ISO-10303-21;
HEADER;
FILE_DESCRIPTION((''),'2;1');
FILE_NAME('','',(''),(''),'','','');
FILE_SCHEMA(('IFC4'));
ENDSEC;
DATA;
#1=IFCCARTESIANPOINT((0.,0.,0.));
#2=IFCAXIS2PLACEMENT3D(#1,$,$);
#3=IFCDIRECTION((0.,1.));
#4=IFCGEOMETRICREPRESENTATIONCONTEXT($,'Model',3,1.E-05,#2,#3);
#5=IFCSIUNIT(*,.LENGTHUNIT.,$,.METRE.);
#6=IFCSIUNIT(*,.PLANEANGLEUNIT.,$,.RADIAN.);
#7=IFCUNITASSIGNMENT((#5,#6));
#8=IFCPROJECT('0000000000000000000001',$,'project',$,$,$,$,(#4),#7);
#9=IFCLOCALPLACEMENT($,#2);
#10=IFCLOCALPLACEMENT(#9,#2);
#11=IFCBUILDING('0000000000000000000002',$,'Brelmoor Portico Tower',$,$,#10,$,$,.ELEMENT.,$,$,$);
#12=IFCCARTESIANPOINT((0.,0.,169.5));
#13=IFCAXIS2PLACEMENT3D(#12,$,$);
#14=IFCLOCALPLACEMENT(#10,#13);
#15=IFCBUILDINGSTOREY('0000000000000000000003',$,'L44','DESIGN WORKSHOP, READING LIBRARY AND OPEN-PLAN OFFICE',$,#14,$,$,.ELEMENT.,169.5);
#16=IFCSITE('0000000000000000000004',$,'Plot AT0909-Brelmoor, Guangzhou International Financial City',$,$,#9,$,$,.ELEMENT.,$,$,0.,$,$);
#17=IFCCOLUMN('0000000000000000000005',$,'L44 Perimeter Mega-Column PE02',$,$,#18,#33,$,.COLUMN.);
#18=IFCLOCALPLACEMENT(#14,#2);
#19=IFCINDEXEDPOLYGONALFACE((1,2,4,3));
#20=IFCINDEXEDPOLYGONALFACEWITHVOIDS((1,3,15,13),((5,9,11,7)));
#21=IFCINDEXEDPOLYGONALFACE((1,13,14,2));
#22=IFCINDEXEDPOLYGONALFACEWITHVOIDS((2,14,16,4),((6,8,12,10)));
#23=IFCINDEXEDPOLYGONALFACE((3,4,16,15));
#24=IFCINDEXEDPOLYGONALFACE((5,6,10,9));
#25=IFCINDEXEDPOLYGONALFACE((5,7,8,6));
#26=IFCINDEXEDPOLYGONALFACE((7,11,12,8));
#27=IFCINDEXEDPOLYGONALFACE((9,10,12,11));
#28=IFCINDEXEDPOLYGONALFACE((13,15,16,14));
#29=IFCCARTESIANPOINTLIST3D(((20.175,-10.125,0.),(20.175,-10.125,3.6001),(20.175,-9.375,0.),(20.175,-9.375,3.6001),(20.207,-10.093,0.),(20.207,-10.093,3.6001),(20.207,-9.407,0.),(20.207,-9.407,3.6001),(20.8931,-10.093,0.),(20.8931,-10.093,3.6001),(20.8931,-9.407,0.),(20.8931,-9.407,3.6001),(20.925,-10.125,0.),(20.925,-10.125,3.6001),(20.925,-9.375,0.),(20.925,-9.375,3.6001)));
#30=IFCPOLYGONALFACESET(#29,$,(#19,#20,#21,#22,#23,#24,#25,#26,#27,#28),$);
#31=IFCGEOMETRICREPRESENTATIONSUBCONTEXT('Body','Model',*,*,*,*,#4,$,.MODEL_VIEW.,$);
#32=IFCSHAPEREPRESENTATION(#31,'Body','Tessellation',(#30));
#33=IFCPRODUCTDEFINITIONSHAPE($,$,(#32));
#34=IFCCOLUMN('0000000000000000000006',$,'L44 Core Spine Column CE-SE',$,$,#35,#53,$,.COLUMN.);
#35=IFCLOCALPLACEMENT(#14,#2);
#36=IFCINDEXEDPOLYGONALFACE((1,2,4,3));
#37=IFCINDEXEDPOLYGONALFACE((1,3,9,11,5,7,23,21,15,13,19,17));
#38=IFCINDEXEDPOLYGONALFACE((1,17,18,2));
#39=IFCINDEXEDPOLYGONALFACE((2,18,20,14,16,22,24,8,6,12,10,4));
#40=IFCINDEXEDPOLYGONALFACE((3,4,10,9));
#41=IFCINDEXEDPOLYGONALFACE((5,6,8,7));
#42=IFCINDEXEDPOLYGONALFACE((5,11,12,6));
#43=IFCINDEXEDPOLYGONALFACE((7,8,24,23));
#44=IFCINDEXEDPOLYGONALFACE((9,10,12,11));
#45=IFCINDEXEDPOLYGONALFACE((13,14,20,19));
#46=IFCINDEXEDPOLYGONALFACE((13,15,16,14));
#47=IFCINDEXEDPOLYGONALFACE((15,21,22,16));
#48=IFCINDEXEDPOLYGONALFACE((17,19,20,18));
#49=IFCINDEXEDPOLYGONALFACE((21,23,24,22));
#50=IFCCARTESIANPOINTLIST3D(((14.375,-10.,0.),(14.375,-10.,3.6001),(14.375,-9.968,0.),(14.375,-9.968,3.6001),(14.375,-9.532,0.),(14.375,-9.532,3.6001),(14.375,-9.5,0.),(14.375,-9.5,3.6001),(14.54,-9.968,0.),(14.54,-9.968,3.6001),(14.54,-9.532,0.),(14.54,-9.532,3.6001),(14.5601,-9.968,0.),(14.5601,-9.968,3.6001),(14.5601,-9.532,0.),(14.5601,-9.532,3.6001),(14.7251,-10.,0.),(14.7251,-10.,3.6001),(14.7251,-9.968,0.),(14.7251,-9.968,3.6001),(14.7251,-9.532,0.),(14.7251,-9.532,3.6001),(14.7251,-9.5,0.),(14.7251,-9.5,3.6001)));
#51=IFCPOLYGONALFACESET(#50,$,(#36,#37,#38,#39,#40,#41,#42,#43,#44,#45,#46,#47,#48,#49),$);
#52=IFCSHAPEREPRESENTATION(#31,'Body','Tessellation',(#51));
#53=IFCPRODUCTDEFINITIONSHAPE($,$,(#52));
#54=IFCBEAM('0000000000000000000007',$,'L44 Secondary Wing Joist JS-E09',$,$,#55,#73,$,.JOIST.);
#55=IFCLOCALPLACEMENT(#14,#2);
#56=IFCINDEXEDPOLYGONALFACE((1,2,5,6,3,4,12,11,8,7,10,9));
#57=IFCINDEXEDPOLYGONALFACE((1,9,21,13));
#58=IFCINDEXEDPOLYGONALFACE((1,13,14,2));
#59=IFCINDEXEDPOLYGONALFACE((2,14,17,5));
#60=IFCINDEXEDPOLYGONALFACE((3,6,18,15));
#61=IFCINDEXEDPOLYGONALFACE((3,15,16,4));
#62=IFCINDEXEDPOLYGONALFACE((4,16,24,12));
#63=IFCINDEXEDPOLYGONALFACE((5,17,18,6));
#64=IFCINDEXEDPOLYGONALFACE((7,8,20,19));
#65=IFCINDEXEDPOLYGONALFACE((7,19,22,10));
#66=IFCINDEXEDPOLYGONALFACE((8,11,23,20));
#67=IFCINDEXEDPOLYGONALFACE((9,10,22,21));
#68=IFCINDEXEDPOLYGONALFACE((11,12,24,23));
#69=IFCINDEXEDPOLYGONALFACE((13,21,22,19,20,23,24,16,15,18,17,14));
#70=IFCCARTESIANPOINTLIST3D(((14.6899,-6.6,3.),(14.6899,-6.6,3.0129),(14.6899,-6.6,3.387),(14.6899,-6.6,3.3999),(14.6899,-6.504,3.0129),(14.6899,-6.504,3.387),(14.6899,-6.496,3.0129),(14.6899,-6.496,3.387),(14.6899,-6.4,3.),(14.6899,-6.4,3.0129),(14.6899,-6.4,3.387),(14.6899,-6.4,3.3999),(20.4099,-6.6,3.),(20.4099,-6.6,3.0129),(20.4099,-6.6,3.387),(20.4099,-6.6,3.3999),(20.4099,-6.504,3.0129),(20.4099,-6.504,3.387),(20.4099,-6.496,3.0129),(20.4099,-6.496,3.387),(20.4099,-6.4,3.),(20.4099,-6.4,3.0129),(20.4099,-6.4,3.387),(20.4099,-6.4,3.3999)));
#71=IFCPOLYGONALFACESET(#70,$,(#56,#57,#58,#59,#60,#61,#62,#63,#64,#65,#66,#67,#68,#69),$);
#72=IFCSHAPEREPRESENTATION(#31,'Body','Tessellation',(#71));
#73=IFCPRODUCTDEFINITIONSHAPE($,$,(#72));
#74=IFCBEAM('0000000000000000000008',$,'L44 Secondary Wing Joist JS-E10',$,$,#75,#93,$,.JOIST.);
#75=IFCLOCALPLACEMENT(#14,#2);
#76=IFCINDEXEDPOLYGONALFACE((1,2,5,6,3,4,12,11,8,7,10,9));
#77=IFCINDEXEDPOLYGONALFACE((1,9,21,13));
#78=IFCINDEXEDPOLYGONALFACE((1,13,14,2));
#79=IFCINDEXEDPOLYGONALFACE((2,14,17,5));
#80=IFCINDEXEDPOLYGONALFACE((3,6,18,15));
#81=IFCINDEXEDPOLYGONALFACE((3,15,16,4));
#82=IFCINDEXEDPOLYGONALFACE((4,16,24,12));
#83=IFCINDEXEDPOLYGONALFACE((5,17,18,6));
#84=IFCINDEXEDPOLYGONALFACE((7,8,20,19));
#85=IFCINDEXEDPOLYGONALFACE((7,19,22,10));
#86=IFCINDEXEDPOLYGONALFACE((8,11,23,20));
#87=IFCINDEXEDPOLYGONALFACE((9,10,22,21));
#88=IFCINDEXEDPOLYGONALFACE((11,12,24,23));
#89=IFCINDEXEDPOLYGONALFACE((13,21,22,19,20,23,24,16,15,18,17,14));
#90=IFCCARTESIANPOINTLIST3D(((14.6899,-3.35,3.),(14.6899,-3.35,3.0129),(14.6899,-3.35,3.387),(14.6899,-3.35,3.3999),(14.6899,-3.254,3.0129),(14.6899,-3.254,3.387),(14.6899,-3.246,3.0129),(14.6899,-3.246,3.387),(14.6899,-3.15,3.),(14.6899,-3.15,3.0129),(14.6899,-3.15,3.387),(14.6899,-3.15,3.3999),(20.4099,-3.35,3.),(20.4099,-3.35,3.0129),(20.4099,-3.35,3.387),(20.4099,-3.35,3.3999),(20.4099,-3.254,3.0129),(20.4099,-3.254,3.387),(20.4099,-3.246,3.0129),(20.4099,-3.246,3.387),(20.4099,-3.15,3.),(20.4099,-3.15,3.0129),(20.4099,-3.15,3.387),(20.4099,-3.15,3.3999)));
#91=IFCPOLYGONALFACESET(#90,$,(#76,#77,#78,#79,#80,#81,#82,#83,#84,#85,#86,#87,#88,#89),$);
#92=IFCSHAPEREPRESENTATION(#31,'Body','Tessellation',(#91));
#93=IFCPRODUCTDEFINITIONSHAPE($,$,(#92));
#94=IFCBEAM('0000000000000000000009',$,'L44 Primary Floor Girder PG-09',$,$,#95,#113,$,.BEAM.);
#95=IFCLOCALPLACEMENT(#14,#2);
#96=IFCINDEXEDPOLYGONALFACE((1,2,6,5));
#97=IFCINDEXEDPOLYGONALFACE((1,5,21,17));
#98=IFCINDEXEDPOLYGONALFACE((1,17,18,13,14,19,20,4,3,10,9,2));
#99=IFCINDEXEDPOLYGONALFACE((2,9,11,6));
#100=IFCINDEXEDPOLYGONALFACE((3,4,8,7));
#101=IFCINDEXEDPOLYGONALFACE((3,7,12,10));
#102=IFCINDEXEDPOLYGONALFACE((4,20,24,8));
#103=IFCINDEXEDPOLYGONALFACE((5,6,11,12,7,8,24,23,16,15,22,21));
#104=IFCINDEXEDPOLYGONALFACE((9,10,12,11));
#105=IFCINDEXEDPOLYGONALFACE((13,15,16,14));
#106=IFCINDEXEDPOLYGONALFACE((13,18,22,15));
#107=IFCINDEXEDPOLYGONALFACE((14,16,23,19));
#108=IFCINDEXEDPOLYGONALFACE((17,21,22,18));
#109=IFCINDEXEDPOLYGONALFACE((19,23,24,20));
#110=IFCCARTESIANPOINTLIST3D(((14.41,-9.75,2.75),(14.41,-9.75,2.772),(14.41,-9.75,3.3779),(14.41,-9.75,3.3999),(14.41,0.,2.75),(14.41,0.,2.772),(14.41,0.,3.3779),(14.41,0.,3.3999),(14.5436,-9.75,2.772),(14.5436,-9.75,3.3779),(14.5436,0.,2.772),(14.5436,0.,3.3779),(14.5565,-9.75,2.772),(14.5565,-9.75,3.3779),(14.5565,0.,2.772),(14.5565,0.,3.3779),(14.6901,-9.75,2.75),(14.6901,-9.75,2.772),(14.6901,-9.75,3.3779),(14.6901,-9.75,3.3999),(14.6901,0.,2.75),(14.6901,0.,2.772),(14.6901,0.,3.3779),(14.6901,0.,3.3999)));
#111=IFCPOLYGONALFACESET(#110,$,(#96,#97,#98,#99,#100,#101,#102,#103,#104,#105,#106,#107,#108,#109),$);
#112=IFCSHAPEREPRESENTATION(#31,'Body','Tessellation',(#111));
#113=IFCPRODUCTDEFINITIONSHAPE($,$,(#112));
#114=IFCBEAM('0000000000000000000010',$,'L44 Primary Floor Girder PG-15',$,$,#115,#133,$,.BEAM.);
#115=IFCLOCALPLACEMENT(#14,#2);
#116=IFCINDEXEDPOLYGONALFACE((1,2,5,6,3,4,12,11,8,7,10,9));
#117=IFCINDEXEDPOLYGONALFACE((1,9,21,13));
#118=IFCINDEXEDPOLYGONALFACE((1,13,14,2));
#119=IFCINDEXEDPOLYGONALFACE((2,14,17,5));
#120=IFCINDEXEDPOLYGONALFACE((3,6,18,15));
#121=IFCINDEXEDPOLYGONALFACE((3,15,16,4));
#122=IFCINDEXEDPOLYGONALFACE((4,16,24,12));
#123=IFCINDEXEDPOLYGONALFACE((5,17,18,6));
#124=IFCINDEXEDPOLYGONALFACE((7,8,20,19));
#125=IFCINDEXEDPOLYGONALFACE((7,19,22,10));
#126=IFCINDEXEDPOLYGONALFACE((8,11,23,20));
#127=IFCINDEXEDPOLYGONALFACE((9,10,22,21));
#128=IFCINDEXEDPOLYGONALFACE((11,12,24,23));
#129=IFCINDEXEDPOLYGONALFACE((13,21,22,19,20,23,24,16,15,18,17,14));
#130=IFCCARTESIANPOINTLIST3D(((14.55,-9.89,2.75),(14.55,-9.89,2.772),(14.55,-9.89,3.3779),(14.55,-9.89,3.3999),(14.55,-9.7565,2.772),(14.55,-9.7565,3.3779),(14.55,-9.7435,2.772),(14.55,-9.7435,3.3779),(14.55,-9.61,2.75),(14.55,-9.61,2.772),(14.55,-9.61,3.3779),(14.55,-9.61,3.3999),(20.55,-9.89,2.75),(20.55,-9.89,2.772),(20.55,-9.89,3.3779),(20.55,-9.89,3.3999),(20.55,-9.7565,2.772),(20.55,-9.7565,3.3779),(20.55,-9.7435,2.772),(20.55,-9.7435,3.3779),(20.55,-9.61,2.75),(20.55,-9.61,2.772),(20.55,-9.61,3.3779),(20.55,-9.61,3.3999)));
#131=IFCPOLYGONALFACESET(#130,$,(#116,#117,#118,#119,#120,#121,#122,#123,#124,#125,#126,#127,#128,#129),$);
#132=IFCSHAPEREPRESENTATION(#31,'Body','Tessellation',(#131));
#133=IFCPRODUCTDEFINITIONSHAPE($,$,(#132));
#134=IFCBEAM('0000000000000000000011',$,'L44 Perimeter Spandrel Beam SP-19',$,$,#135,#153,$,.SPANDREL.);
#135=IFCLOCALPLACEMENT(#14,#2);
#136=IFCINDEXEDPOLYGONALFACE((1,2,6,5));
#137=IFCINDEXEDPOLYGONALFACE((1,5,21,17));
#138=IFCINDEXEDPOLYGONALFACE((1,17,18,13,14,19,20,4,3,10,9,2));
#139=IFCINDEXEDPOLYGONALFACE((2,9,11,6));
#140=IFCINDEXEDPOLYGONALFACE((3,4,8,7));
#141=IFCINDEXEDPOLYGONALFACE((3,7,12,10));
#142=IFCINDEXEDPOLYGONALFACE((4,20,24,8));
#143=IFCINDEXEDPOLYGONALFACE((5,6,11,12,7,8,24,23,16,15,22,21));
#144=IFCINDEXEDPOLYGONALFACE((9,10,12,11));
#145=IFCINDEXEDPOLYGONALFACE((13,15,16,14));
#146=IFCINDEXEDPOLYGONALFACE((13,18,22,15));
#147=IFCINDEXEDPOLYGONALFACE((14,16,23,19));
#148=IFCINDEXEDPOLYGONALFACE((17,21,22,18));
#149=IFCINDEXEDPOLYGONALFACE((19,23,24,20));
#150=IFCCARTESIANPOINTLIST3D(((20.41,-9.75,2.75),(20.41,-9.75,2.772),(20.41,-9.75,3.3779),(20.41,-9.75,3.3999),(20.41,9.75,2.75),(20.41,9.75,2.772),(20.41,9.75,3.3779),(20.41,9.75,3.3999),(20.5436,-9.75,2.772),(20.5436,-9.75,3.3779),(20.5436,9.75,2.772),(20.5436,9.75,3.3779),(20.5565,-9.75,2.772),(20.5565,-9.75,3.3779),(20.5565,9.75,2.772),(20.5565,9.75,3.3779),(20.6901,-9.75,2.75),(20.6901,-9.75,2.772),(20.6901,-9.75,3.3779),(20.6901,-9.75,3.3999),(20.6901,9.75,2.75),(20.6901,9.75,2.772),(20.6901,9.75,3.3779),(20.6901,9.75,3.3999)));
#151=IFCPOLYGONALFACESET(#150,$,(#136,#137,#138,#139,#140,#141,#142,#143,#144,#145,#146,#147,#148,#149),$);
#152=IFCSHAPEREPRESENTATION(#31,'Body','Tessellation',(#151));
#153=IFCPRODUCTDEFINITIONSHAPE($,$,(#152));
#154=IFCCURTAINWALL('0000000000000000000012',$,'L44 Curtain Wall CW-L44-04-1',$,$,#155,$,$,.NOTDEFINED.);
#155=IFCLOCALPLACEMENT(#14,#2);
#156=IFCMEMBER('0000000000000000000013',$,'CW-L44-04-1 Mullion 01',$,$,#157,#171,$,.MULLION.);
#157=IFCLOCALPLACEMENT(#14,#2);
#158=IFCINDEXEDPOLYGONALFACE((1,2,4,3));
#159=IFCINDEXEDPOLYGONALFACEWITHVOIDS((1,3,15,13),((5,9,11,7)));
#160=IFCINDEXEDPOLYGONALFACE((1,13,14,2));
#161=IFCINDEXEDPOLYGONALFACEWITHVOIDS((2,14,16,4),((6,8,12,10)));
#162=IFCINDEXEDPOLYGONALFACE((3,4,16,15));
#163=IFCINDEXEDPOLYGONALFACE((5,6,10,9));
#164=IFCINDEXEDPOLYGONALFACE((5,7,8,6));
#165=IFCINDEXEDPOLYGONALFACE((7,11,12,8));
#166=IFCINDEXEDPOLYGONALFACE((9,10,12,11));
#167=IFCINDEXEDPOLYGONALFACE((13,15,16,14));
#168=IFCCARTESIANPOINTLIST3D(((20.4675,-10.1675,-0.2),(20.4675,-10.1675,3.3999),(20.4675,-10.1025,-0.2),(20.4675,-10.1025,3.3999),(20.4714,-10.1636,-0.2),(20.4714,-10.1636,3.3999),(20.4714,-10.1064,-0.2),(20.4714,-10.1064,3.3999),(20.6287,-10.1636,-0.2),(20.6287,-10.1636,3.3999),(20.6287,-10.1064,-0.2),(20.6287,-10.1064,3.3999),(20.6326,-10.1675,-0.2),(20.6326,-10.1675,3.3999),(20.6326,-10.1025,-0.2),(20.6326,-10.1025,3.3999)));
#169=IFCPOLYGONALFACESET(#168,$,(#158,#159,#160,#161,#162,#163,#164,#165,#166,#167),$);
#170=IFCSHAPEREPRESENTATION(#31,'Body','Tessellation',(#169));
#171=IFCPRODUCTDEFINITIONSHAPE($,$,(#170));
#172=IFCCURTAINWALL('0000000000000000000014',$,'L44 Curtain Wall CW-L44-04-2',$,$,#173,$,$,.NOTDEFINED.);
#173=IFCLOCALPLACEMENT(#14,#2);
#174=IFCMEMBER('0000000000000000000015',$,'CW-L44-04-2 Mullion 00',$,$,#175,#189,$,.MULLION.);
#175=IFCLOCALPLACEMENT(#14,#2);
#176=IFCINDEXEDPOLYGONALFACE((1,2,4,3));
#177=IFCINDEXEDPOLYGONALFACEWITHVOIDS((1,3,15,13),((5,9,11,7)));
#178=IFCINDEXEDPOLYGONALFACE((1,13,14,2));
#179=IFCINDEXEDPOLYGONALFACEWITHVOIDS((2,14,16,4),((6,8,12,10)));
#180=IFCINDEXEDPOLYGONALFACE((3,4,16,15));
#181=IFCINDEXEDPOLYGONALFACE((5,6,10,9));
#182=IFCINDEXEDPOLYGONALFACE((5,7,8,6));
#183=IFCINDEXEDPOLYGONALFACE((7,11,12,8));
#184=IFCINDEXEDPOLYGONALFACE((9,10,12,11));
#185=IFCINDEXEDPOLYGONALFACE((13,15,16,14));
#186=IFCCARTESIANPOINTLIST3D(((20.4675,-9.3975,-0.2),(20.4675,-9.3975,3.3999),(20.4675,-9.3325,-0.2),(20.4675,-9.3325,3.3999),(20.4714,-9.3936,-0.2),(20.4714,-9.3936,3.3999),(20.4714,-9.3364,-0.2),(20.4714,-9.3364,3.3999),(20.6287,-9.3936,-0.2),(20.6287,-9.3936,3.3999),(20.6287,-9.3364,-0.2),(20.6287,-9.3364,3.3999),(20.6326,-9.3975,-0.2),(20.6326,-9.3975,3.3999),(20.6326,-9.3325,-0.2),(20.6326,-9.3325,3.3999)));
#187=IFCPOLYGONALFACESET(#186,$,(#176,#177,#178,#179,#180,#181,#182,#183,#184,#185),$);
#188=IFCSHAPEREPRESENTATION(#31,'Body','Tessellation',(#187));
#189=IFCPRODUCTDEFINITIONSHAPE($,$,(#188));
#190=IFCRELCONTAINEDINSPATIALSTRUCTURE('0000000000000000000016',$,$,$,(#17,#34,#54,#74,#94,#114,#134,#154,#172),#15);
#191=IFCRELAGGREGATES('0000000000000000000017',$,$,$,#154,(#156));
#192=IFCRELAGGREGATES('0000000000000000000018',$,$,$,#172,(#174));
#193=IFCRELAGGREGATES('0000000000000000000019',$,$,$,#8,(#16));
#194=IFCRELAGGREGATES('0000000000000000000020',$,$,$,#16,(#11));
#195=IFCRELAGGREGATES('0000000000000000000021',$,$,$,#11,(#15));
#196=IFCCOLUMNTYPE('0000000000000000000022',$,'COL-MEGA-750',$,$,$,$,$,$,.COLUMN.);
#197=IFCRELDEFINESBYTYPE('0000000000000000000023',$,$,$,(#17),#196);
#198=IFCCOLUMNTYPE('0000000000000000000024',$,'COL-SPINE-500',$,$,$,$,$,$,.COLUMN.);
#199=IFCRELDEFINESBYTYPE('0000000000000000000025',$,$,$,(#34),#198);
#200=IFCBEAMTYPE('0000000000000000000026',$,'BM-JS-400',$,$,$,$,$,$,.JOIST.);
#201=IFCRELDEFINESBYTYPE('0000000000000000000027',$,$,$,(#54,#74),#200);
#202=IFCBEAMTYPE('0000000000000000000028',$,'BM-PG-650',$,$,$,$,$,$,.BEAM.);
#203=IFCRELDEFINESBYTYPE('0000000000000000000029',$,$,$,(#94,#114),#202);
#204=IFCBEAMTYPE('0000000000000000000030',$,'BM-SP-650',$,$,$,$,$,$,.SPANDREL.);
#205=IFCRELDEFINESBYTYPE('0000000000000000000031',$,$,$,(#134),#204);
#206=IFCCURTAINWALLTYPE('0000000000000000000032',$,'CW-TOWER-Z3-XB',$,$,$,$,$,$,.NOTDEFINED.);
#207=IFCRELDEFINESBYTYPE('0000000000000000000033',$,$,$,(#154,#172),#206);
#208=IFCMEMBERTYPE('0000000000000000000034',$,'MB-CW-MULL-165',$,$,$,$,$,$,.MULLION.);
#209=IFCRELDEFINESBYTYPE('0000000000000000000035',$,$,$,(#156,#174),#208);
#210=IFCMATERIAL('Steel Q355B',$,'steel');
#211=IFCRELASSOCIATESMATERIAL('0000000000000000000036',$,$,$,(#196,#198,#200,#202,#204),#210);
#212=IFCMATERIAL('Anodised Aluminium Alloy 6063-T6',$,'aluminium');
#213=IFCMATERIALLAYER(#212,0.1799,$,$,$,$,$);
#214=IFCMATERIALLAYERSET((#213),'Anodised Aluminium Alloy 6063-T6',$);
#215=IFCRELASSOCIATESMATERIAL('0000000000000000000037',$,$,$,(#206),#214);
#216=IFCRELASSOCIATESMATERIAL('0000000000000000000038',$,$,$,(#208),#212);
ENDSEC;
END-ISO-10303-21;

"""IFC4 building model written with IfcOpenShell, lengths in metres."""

from ifc_helpers import new_model, si_unit, direction, frame, origin, origin_2d, place, context, subcontext, project, spatial, hollow_rectangle, i_section, extrude, material, layer, layer_set, material_profile, profile_set, type_object, element, aggregate, save


model = new_model("IFC4")

# Units and contexts
model_context = context("Model", 3, precision=1e-05, world=origin(), true_north=direction((0.0, 1.0)))
body_context = subcontext(model_context, "Body", "Model", "MODEL_VIEW")
ifc_project = project(units=[si_unit("LENGTHUNIT", "METRE"), si_unit("PLANEANGLEUNIT", "RADIAN")], contexts=[model_context])

# Site, building, storey
site_placement = place(None, origin())
site = spatial("IfcSite", under=ifc_project, at=site_placement, Name="Plot AT0909-Brelmoor, Guangzhou International Financial City", CompositionType="ELEMENT", RefElevation=0.0)
building_placement = place(site_placement, origin())
building = spatial("IfcBuilding", under=site, at=building_placement, Name="Brelmoor Portico Tower", CompositionType="ELEMENT")
storey_placement = place(building_placement, frame((0.0, 0.0, 169.5)))
storey = spatial("IfcBuildingStorey", under=building, at=storey_placement, Name="L44", Description="DESIGN WORKSHOP, READING LIBRARY AND OPEN-PLAN OFFICE", CompositionType="ELEMENT", Elevation=169.5)

# Columns
ifc_material_1 = material(Name="Steel Q355B", Category="steel")
ifc_material_profile_1 = material_profile(ifc_material_1, hollow_rectangle(XDim=0.75, YDim=0.75, WallThickness=0.032, at=origin_2d()), Name="BOX 750x750x32")
ifc_profile_set_1 = profile_set([ifc_material_profile_1], Name="Steel Q355B")
column_type_1 = type_object("IfcColumnType", Name="COL-MEGA-750", PredefinedType="COLUMN", material=ifc_profile_set_1)
column_1_placement = place(storey_placement, frame((20.55, -9.75, 0.0), z_axis=(0.0, 0.0, 1.0), x_axis=(0.0, 1.0, 0.0)))
element("IfcColumn", 1, at=column_1_placement, inside=storey, type_object=column_type_1, Name="L44 Perimeter Mega-Column PE02", PredefinedType="COLUMN", context=body_context, shape_type="SweptSolid", body=[
    extrude(hollow_rectangle(XDim=0.75, YDim=0.75, WallThickness=0.032, at=origin_2d()), origin(), (0.0, 0.0, 1.0), 3.6001),
])
ifc_material_profile_2 = material_profile(ifc_material_1, i_section(OverallWidth=0.3501, OverallDepth=0.5, WebThickness=0.02, FlangeThickness=0.032, at=origin_2d()), Name="HW 500x350x20x32")
ifc_profile_set_2 = profile_set([ifc_material_profile_2], Name="Steel Q355B")
column_type_2 = type_object("IfcColumnType", Name="COL-SPINE-500", PredefinedType="COLUMN", material=ifc_profile_set_2)
column_2_placement = place(storey_placement, frame((14.55, -9.75, 0.0), z_axis=(0.0, 0.0, 1.0), x_axis=(1.0, 0.0, 0.0)))
element("IfcColumn", 2, at=column_2_placement, inside=storey, type_object=column_type_2, Name="L44 Core Spine Column CE-SE", PredefinedType="COLUMN", context=body_context, shape_type="SweptSolid", body=[
    extrude(i_section(OverallWidth=0.3501, OverallDepth=0.5, WebThickness=0.02, FlangeThickness=0.032, at=origin_2d()), origin(), (0.0, 0.0, 1.0), 3.6001),
])

# Beams
ifc_material_profile_3 = material_profile(ifc_material_1, i_section(OverallWidth=0.2, OverallDepth=0.3999, WebThickness=0.0081, FlangeThickness=0.0129, at=origin_2d()), Name="HN 400x200x8x13")
ifc_profile_set_3 = profile_set([ifc_material_profile_3], Name="Steel Q355B")
beam_type_1 = type_object("IfcBeamType", Name="BM-JS-400", PredefinedType="JOIST", material=ifc_profile_set_3)
for number, where, z_axis, x_axis, name in (
    (3, (14.6899, -6.5, 3.2), (1.0, 0.0, 0.0), (0.0, 1.0, 0.0), "L44 Secondary Wing Joist JS-E09"),
    (4, (14.6899, -3.25, 3.2), (1.0, 0.0, 0.0), (0.0, 1.0, 0.0), "L44 Secondary Wing Joist JS-E10"),
):
    element("IfcBeam", number, at=place(storey_placement, frame(where, z_axis=z_axis, x_axis=x_axis)), inside=storey, type_object=beam_type_1, Name=name, PredefinedType="JOIST", context=body_context, shape_type="SweptSolid", body=[
        extrude(i_section(OverallWidth=0.2, OverallDepth=0.3999, WebThickness=0.0081, FlangeThickness=0.0129, at=origin_2d()), origin(), (0.0, 0.0, 1.0), 5.72),
    ])
ifc_material_profile_4 = material_profile(ifc_material_1, i_section(OverallWidth=0.28, OverallDepth=0.6499, WebThickness=0.0129, FlangeThickness=0.022, at=origin_2d()), Name="HN 650x280x13x22")
ifc_profile_set_4 = profile_set([ifc_material_profile_4], Name="Steel Q355B")
beam_type_2 = type_object("IfcBeamType", Name="BM-PG-650", PredefinedType="BEAM", material=ifc_profile_set_4)
beam_1_placement = place(storey_placement, frame((14.55, -9.75, 3.075), z_axis=(0.0, 1.0, 0.0), x_axis=(-1.0, 0.0, 0.0)))
element("IfcBeam", 5, at=beam_1_placement, inside=storey, type_object=beam_type_2, Name="L44 Primary Floor Girder PG-09", PredefinedType="BEAM", context=body_context, shape_type="SweptSolid", body=[
    extrude(i_section(OverallWidth=0.28, OverallDepth=0.6499, WebThickness=0.0129, FlangeThickness=0.022, at=origin_2d()), origin(), (0.0, 0.0, 1.0), 9.75),
])
beam_2_placement = place(storey_placement, frame((14.55, -9.75, 3.075), z_axis=(1.0, 0.0, 0.0), x_axis=(0.0, 1.0, 0.0)))
element("IfcBeam", 6, at=beam_2_placement, inside=storey, type_object=beam_type_2, Name="L44 Primary Floor Girder PG-15", PredefinedType="BEAM", context=body_context, shape_type="SweptSolid", body=[
    extrude(i_section(OverallWidth=0.28, OverallDepth=0.6499, WebThickness=0.0129, FlangeThickness=0.022, at=origin_2d()), origin(), (0.0, 0.0, 1.0), 6.0),
])
ifc_material_profile_5 = material_profile(ifc_material_1, i_section(OverallWidth=0.28, OverallDepth=0.6499, WebThickness=0.0129, FlangeThickness=0.022, at=origin_2d()), Name="HN 650x280x13x22")
ifc_profile_set_5 = profile_set([ifc_material_profile_5], Name="Steel Q355B")
beam_type_3 = type_object("IfcBeamType", Name="BM-SP-650", PredefinedType="SPANDREL", material=ifc_profile_set_5)
beam_3_placement = place(storey_placement, frame((20.55, -9.75, 3.075), z_axis=(0.0, 1.0, 0.0), x_axis=(-1.0, 0.0, 0.0)))
element("IfcBeam", 7, at=beam_3_placement, inside=storey, type_object=beam_type_3, Name="L44 Perimeter Spandrel Beam SP-19", PredefinedType="SPANDREL", context=body_context, shape_type="SweptSolid", body=[
    extrude(i_section(OverallWidth=0.28, OverallDepth=0.6499, WebThickness=0.0129, FlangeThickness=0.022, at=origin_2d()), origin(), (0.0, 0.0, 1.0), 19.5),
])

# Curtain wall, member
ifc_material_2 = material(Name="Anodised Aluminium Alloy 6063-T6", Category="aluminium")
ifc_layer_1 = layer(ifc_material_2, 0.1799)
ifc_layer_set_1 = layer_set([ifc_layer_1], Name="Anodised Aluminium Alloy 6063-T6")
curtain_wall_type = type_object("IfcCurtainWallType", Name="CW-TOWER-Z3-XB", PredefinedType="NOTDEFINED", material=ifc_layer_set_1)
curtain_wall_1_placement = place(storey_placement, origin())
curtain_wall_1 = element("IfcCurtainWall", 8, at=curtain_wall_1_placement, inside=storey, type_object=curtain_wall_type, Name="L44 Curtain Wall CW-L44-04-1", PredefinedType="NOTDEFINED")
ifc_material_profile_6 = material_profile(ifc_material_2, hollow_rectangle(XDim=0.0649, YDim=0.165, WallThickness=0.0039, at=origin_2d()), Name="ALU MULLION 65x165")
ifc_profile_set_6 = profile_set([ifc_material_profile_6], Name="Anodised Aluminium Alloy 6063-T6")
member_type_1 = type_object("IfcMemberType", Name="MB-CW-MULL-165", PredefinedType="MULLION", material=ifc_profile_set_6)
member_1_placement = place(storey_placement, frame((20.55, -10.135, -0.2), z_axis=(0.0, 0.0, 1.0), x_axis=(0.0, 1.0, 0.0)))
member_1 = element("IfcMember", 9, at=member_1_placement, type_object=member_type_1, Name="CW-L44-04-1 Mullion 01", PredefinedType="MULLION", context=body_context, shape_type="SweptSolid", body=[
    extrude(hollow_rectangle(XDim=0.0649, YDim=0.165, WallThickness=0.0039, at=origin_2d()), origin(), (0.0, 0.0, 1.0), 3.5999),
])
aggregate(curtain_wall_1, [member_1])

# Curtain wall, member
curtain_wall_2_placement = place(storey_placement, origin())
curtain_wall_2 = element("IfcCurtainWall", 10, at=curtain_wall_2_placement, inside=storey, type_object=curtain_wall_type, Name="L44 Curtain Wall CW-L44-04-2", PredefinedType="NOTDEFINED")
member_2_placement = place(storey_placement, frame((20.55, -9.365, -0.2), z_axis=(0.0, 0.0, 1.0), x_axis=(0.0, 1.0, 0.0)))
member_2 = element("IfcMember", 11, at=member_2_placement, type_object=member_type_1, Name="CW-L44-04-2 Mullion 00", PredefinedType="MULLION", context=body_context, shape_type="SweptSolid", body=[
    extrude(hollow_rectangle(XDim=0.0649, YDim=0.165, WallThickness=0.0039, at=origin_2d()), origin(), (0.0, 0.0, 1.0), 3.5999),
])
aggregate(curtain_wall_2, [member_2])

save(model, "model.ifc")
